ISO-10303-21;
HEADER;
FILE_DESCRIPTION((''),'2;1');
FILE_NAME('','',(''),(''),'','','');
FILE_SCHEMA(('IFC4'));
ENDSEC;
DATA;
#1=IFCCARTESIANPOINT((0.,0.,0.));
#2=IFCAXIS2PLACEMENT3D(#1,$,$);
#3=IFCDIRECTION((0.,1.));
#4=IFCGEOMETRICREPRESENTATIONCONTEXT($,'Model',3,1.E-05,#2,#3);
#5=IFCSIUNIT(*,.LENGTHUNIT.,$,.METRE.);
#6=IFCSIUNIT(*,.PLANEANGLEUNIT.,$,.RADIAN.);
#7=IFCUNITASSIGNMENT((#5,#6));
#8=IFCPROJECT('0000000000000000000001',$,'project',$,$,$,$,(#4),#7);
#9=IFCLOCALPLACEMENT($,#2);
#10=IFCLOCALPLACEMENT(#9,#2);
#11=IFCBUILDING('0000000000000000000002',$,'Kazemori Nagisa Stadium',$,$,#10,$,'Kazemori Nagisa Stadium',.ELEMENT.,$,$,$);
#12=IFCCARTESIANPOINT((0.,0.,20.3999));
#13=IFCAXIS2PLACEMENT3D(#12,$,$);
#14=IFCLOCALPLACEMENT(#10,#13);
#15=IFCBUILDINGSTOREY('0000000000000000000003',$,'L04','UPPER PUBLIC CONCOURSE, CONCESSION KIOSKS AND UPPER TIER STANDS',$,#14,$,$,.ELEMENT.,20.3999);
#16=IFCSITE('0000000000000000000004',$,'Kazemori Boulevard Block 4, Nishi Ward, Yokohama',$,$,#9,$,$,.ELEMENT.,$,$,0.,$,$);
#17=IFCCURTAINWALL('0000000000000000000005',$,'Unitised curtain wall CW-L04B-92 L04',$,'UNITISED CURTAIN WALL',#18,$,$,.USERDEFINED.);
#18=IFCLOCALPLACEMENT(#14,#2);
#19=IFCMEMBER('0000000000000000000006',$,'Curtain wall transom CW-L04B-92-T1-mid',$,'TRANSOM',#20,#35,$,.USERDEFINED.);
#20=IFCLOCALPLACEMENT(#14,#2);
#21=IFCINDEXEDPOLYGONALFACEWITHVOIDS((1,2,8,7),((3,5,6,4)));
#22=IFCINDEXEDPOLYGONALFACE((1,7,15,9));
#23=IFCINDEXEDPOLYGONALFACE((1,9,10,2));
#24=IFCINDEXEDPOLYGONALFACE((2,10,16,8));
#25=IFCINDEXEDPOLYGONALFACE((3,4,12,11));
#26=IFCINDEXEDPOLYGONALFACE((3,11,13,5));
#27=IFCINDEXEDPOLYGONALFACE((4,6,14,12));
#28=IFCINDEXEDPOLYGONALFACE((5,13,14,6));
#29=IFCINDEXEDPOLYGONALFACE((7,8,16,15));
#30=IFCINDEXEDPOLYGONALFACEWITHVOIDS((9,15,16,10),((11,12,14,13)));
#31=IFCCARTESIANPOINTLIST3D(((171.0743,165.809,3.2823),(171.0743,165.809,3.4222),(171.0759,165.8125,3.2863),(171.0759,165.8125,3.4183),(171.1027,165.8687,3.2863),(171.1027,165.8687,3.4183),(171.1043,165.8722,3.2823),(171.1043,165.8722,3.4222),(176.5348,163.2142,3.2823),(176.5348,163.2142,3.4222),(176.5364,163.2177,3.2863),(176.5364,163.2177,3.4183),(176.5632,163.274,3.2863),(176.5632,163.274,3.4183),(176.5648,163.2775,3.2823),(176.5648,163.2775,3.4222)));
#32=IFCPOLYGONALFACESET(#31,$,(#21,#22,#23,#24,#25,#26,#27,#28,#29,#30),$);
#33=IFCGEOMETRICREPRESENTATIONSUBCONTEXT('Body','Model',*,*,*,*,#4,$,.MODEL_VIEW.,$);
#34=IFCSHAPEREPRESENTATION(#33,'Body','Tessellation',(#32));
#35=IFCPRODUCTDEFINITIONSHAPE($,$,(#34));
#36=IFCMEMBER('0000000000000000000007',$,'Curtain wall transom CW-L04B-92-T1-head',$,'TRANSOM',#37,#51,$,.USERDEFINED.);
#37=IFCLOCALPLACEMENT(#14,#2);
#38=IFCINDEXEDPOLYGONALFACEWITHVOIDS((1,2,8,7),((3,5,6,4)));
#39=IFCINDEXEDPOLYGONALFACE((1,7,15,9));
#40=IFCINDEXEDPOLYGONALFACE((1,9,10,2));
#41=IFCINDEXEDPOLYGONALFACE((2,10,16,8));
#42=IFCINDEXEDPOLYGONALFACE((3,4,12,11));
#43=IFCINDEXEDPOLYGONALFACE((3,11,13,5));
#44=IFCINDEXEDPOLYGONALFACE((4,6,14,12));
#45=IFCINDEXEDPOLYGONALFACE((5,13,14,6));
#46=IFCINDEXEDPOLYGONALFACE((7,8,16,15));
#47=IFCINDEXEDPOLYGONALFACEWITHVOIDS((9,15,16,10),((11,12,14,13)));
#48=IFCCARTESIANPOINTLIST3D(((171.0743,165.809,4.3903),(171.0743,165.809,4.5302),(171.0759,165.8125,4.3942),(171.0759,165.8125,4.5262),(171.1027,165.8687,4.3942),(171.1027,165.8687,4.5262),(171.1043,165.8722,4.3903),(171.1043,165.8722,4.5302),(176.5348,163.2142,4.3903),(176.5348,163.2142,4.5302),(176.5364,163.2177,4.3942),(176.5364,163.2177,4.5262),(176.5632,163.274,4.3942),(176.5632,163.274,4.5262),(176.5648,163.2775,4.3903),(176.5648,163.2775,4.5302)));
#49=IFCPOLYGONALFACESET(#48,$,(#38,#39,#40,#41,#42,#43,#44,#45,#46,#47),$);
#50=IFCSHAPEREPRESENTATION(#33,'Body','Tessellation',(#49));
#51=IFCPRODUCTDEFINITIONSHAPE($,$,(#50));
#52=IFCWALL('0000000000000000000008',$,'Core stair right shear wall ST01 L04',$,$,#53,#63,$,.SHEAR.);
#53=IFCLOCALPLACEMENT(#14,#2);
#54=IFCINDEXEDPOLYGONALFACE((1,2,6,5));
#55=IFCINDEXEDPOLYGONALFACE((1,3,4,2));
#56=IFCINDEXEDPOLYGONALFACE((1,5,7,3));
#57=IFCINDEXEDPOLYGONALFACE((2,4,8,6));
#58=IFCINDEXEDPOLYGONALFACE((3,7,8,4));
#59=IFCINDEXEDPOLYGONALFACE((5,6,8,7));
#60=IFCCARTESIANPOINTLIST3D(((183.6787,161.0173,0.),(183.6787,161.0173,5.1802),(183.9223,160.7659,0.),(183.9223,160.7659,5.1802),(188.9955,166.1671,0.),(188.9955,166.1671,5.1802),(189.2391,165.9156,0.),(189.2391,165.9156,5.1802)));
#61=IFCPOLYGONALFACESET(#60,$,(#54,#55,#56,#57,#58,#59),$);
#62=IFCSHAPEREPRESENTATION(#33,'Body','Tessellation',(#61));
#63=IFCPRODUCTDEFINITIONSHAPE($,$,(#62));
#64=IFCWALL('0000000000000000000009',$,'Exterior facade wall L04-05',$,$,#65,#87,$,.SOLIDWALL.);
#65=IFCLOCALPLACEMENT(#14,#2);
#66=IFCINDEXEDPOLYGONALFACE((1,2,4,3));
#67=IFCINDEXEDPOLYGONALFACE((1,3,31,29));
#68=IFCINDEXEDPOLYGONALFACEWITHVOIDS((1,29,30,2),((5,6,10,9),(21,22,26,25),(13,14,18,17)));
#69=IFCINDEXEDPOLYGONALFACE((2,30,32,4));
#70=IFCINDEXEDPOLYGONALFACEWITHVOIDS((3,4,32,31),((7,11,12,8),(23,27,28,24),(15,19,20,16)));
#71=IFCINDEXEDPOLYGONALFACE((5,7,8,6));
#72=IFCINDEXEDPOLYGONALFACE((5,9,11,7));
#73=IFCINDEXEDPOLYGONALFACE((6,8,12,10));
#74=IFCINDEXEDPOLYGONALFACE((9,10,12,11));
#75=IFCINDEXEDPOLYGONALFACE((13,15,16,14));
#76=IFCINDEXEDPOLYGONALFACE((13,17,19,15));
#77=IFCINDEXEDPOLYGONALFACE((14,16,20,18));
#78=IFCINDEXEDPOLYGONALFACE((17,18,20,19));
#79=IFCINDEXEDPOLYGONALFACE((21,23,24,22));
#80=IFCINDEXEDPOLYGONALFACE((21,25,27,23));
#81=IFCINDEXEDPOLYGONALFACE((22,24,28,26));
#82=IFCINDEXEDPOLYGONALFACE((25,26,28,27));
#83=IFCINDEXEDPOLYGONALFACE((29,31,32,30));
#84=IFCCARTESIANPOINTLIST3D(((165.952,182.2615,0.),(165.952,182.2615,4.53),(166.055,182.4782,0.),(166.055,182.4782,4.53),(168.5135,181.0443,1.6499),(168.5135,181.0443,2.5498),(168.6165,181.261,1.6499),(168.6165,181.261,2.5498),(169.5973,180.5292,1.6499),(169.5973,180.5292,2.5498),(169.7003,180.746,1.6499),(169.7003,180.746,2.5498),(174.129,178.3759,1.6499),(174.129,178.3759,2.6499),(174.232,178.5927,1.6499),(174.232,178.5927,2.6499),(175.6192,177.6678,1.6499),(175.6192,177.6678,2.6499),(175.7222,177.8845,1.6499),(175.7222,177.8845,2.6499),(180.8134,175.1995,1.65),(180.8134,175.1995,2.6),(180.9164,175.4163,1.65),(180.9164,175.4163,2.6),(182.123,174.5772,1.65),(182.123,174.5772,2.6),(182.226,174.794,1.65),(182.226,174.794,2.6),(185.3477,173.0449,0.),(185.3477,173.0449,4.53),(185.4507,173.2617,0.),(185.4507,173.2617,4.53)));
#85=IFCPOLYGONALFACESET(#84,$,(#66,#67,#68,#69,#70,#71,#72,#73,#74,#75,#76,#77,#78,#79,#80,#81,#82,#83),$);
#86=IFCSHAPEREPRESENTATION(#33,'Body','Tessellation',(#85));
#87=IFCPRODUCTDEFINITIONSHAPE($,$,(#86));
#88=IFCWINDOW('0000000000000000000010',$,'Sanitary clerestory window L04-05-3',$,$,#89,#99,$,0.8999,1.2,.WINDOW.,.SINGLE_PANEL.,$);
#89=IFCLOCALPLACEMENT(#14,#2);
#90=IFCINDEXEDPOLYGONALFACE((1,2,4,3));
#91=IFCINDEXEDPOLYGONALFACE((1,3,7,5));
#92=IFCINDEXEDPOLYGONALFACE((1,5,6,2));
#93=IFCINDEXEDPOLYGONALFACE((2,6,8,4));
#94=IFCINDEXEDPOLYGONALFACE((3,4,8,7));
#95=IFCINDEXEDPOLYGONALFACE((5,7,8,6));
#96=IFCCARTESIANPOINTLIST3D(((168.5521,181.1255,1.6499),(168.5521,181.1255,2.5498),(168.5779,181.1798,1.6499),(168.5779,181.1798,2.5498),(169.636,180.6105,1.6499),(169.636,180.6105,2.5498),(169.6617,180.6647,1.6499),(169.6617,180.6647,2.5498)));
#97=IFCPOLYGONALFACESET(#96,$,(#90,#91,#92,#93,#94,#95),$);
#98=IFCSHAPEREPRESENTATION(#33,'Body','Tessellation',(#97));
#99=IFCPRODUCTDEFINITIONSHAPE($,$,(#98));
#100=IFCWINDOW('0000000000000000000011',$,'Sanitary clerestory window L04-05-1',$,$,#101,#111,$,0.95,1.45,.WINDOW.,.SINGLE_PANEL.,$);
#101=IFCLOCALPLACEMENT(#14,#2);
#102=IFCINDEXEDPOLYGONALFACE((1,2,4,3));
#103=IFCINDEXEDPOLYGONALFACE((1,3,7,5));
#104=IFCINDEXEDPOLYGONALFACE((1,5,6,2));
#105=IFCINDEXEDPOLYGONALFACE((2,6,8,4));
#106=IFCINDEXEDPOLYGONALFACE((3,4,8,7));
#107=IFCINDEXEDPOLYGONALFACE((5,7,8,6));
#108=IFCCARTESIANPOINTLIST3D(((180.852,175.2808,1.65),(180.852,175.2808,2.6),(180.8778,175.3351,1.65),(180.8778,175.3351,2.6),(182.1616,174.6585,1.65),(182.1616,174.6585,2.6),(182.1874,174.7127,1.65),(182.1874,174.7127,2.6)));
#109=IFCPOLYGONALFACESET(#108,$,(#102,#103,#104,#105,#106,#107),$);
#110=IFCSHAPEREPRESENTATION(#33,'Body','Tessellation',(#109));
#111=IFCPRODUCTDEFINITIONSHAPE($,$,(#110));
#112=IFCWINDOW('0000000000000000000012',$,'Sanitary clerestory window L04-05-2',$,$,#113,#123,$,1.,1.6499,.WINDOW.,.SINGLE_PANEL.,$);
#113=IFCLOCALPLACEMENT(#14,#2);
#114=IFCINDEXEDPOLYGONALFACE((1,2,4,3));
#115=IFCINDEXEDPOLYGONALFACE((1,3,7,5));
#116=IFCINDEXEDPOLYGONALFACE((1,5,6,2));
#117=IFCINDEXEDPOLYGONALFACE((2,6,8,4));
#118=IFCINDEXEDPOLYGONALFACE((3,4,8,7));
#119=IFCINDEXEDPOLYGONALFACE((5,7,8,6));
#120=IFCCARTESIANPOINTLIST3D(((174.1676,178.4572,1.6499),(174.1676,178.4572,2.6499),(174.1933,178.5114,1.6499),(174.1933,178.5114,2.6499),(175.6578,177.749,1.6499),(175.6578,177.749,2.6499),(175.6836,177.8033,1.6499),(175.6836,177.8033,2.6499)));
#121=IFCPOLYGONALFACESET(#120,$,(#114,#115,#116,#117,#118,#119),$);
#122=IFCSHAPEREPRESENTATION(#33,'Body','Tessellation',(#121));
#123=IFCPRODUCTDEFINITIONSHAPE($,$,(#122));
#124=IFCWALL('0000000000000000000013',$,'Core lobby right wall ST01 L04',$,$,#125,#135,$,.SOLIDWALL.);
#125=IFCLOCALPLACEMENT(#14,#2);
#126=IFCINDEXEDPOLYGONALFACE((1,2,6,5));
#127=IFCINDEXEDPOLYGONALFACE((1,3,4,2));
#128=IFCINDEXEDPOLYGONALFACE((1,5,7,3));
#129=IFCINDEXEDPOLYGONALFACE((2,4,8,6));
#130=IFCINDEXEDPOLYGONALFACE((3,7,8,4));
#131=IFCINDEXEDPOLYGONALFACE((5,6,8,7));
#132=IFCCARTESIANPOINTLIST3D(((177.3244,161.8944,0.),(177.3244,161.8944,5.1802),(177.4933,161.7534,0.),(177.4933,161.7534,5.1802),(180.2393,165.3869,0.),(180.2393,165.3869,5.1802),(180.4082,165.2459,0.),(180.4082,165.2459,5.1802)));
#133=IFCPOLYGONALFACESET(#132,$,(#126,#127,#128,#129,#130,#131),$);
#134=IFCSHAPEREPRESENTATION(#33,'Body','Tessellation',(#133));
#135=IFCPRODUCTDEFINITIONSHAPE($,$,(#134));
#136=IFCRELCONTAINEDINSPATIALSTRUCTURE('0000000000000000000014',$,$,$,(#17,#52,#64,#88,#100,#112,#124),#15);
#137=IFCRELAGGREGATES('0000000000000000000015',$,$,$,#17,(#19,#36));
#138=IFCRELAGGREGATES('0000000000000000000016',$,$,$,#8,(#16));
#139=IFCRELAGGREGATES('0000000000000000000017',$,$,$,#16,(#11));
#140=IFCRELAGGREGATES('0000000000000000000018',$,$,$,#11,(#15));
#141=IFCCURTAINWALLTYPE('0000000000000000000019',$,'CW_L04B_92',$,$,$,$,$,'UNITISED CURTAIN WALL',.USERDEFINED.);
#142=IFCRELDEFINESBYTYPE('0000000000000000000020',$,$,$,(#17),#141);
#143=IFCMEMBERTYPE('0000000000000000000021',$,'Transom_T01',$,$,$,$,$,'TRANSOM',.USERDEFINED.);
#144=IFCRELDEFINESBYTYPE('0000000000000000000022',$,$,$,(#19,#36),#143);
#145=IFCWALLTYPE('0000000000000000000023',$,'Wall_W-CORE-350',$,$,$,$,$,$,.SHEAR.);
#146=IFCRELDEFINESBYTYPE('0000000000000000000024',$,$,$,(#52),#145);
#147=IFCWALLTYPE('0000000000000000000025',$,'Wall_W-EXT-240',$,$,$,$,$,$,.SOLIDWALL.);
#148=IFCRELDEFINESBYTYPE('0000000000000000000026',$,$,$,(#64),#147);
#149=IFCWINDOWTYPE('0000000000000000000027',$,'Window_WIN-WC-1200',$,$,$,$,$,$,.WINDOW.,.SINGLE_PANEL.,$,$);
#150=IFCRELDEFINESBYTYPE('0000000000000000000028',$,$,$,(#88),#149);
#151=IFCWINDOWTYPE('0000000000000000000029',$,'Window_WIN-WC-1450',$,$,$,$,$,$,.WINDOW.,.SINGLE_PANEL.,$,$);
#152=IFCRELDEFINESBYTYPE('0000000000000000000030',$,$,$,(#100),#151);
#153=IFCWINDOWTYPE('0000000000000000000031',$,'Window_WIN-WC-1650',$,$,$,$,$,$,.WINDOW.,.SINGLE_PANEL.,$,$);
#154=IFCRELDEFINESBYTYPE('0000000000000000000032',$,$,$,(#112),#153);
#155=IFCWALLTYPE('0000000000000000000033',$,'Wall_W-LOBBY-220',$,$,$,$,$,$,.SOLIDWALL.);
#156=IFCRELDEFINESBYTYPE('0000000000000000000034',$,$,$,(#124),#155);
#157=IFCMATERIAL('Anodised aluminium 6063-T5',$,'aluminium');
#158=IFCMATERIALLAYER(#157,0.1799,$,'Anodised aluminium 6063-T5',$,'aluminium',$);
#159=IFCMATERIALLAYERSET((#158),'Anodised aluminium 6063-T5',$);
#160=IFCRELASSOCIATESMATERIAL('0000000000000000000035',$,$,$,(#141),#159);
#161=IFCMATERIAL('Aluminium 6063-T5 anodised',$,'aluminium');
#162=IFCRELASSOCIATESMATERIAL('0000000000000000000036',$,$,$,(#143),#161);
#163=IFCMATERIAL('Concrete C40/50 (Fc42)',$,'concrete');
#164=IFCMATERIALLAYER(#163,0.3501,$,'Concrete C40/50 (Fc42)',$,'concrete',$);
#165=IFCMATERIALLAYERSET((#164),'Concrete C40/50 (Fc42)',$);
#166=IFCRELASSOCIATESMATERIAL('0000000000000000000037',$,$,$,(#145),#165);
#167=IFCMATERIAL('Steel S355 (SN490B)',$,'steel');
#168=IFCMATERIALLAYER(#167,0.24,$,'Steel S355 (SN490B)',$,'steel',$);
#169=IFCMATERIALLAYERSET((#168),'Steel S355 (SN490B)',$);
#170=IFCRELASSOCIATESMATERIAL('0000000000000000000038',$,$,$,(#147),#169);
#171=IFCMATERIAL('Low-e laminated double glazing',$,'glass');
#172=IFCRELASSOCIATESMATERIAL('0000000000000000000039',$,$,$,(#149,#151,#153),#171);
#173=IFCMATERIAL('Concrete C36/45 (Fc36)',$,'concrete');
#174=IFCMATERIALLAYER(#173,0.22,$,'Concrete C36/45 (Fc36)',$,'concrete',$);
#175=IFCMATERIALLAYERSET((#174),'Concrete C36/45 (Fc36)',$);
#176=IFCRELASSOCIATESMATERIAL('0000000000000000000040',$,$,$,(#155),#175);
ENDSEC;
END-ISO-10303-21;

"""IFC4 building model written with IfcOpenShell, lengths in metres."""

from ifc_helpers import new_model, si_unit, direction, frame, frame_2d, origin, origin_2d, place, context, subcontext, project, spatial, rectangle, hollow_rectangle, extrude, material, layer, layer_set, material_profile, profile_set, type_object, element, fill, aggregate, save


model = new_model("IFC4")

# Units and contexts
model_context = context("Model", 3, precision=1e-05, world=origin(), true_north=direction((0.0, 1.0)))
body_context = subcontext(model_context, "Body", "Model", "MODEL_VIEW")
ifc_project = project(units=[si_unit("LENGTHUNIT", "METRE"), si_unit("PLANEANGLEUNIT", "RADIAN")], contexts=[model_context])

# Site, building, storey
site_placement = place(None, origin())
site = spatial("IfcSite", under=ifc_project, at=site_placement, Name="Kazemori Boulevard Block 4, Nishi Ward, Yokohama", CompositionType="ELEMENT", RefElevation=0.0)
building_placement = place(site_placement, origin())
building = spatial("IfcBuilding", under=site, at=building_placement, Name="Kazemori Nagisa Stadium", LongName="Kazemori Nagisa Stadium", CompositionType="ELEMENT")
storey_placement = place(building_placement, frame((0.0, 0.0, 20.3999)))
storey = spatial("IfcBuildingStorey", under=building, at=storey_placement, Name="L04", Description="UPPER PUBLIC CONCOURSE, CONCESSION KIOSKS AND UPPER TIER STANDS", CompositionType="ELEMENT", Elevation=20.3999)

# Shared definitions
ifc_material_1 = material(Name="Concrete C40/50 (Fc42)", Category="concrete")

# Curtain wall, members
ifc_material_2 = material(Name="Anodised aluminium 6063-T5", Category="aluminium")
ifc_layer_1 = layer(ifc_material_2, 0.1799, Name="Anodised aluminium 6063-T5", Category="aluminium")
ifc_layer_set_1 = layer_set([ifc_layer_1], Name="Anodised aluminium 6063-T5")
curtain_wall_type = type_object("IfcCurtainWallType", Name="CW_L04B_92", ElementType="UNITISED CURTAIN WALL", PredefinedType="USERDEFINED", material=ifc_layer_set_1)
curtain_wall_placement = place(storey_placement, origin())
curtain_wall = element("IfcCurtainWall", 1, at=curtain_wall_placement, inside=storey, type_object=curtain_wall_type, Name="Unitised curtain wall CW-L04B-92 L04", ObjectType="UNITISED CURTAIN WALL", PredefinedType="USERDEFINED")
ifc_material_3 = material(Name="Aluminium 6063-T5 anodised", Category="aluminium")
ifc_material_profile_1 = material_profile(ifc_material_3, hollow_rectangle(XDim=0.0701, YDim=0.1399, WallThickness=0.0039, at=origin_2d()), Name="ALU-TRAN-70x140x4")
ifc_profile_set_1 = profile_set([ifc_material_profile_1], Name="Aluminium 6063-T5 anodised")
member_type_1 = type_object("IfcMemberType", Name="Transom_T01", ElementType="TRANSOM", PredefinedType="USERDEFINED", material=ifc_profile_set_1)
member_1_placement = place(storey_placement, frame((176.5498, 163.2458, 3.3523), z_axis=(-0.903213, 0.429194, 0.0), x_axis=(-0.429194, -0.903213, 0.0)))
member_1 = element("IfcMember", 2, at=member_1_placement, type_object=member_type_1, Name="Curtain wall transom CW-L04B-92-T1-mid", ObjectType="TRANSOM", PredefinedType="USERDEFINED", context=body_context, shape_type="SweptSolid", body=[
    extrude(hollow_rectangle(XDim=0.0701, YDim=0.1399, WallThickness=0.0039, at=origin_2d()), origin(), (0.0, 0.0, 1.0), 6.0457),
])
member_2_placement = place(storey_placement, frame((176.5498, 163.2458, 4.4602), z_axis=(-0.903213, 0.429194, 0.0), x_axis=(-0.429194, -0.903213, 0.0)))
member_2 = element("IfcMember", 3, at=member_2_placement, type_object=member_type_1, Name="Curtain wall transom CW-L04B-92-T1-head", ObjectType="TRANSOM", PredefinedType="USERDEFINED", context=body_context, shape_type="SweptSolid", body=[
    extrude(hollow_rectangle(XDim=0.0701, YDim=0.1399, WallThickness=0.0039, at=origin_2d()), origin(), (0.0, 0.0, 1.0), 6.0457),
])
aggregate(curtain_wall, [member_1, member_2])

# Wall
ifc_layer_2 = layer(ifc_material_1, 0.3501, Name="Concrete C40/50 (Fc42)", Category="concrete")
ifc_layer_set_2 = layer_set([ifc_layer_2], Name="Concrete C40/50 (Fc42)")
wall_type_1 = type_object("IfcWallType", Name="Wall_W-CORE-350", PredefinedType="SHEAR", material=ifc_layer_set_2)
wall_1_placement = place(storey_placement, frame((183.8005, 160.8916, 0.0), z_axis=(0.0, 0.0, 1.0), x_axis=(0.718297, 0.695736, 0.0)))
element("IfcWall", 4, at=wall_1_placement, inside=storey, type_object=wall_type_1, Name="Core stair right shear wall ST01 L04", PredefinedType="SHEAR", context=body_context, shape_type="SweptSolid", body=[
    extrude(rectangle(XDim=7.4019, YDim=0.3501, at=frame_2d((3.7009, 0.0))), origin(), (0.0, 0.0, 1.0), 5.1802),
])

# Wall, openings, windows
ifc_material_4 = material(Name="Steel S355 (SN490B)", Category="steel")
ifc_layer_3 = layer(ifc_material_4, 0.24, Name="Steel S355 (SN490B)", Category="steel")
ifc_layer_set_3 = layer_set([ifc_layer_3], Name="Steel S355 (SN490B)")
wall_type_2 = type_object("IfcWallType", Name="Wall_W-EXT-240", PredefinedType="SOLIDWALL", material=ifc_layer_set_3)
wall_2_placement = place(storey_placement, frame((185.3992, 173.1533, 0.0), z_axis=(0.0, 0.0, 1.0), x_axis=(-0.903213, 0.429192, 0.0)))
wall_2 = element("IfcWall", 5, at=wall_2_placement, inside=storey, type_object=wall_type_2, Name="Exterior facade wall L04-05", PredefinedType="SOLIDWALL", context=body_context, shape_type="SweptSolid", body=[
    extrude(rectangle(XDim=21.4741, YDim=0.24, at=frame_2d((10.7371, 0.0))), origin(), (0.0, 0.0, 1.0), 4.53),
])
opening_1_placement = place(wall_2_placement, frame((3.5701, 0.0, 1.6499)))
opening_1 = element("IfcOpeningElement", 6, at=opening_1_placement, cuts=wall_2, PredefinedType="OPENING", context=body_context, shape_type="SweptSolid", body=[
    extrude(rectangle(XDim=1.45, YDim=0.95, at=frame_2d((0.7251, 0.4751))), frame((0.0, 0.1299, 0.0), z_axis=(0.0, -1.0, 0.0), x_axis=(1.0, 0.0, 0.0)), (0.0, 0.0, 1.0), 0.26),
])
opening_2_placement = place(wall_2_placement, frame((10.771, 0.0, 1.6499)))
opening_2 = element("IfcOpeningElement", 7, at=opening_2_placement, cuts=wall_2, PredefinedType="OPENING", context=body_context, shape_type="SweptSolid", body=[
    extrude(rectangle(XDim=1.6499, YDim=1.0, at=frame_2d((0.825, 0.5))), frame((0.0, 0.1299, 0.0), z_axis=(0.0, -1.0, 0.0), x_axis=(1.0, 0.0, 0.0)), (0.0, 0.0, 1.0), 0.26),
])
opening_3_placement = place(wall_2_placement, frame((17.438, 0.0, 1.6499)))
opening_3 = element("IfcOpeningElement", 8, at=opening_3_placement, cuts=wall_2, PredefinedType="OPENING", context=body_context, shape_type="SweptSolid", body=[
    extrude(rectangle(XDim=1.2, YDim=0.8999, at=frame_2d((0.6001, 0.45))), frame((0.0, 0.1299, 0.0), z_axis=(0.0, -1.0, 0.0), x_axis=(1.0, 0.0, 0.0)), (0.0, 0.0, 1.0), 0.26),
])
ifc_material_5 = material(Name="Low-e laminated double glazing", Category="glass")
window_type_1 = type_object("IfcWindowType", Name="Window_WIN-WC-1200", PartitioningType="SINGLE_PANEL", PredefinedType="WINDOW", material=ifc_material_5)
window_1_placement = place(opening_3_placement, origin())
window_1 = element("IfcWindow", 9, at=window_1_placement, inside=storey, type_object=window_type_1, Name="Sanitary clerestory window L04-05-3", OverallHeight=0.8999, OverallWidth=1.2, PartitioningType="SINGLE_PANEL", PredefinedType="WINDOW", context=body_context, shape_type="SweptSolid", body=[
    extrude(rectangle(XDim=1.2, YDim=0.8999, at=frame_2d((0.6001, 0.45))), frame((0.0, 0.03, 0.0), z_axis=(0.0, -1.0, 0.0), x_axis=(1.0, 0.0, 0.0)), (0.0, 0.0, 1.0), 0.0601),
])
fill(opening_3, window_1)
window_type_2 = type_object("IfcWindowType", Name="Window_WIN-WC-1450", PartitioningType="SINGLE_PANEL", PredefinedType="WINDOW", material=ifc_material_5)
window_2_placement = place(opening_1_placement, origin())
window_2 = element("IfcWindow", 10, at=window_2_placement, inside=storey, type_object=window_type_2, Name="Sanitary clerestory window L04-05-1", OverallHeight=0.95, OverallWidth=1.45, PartitioningType="SINGLE_PANEL", PredefinedType="WINDOW", context=body_context, shape_type="SweptSolid", body=[
    extrude(rectangle(XDim=1.45, YDim=0.95, at=frame_2d((0.7251, 0.4751))), frame((0.0, 0.03, 0.0), z_axis=(0.0, -1.0, 0.0), x_axis=(1.0, 0.0, 0.0)), (0.0, 0.0, 1.0), 0.0601),
])
fill(opening_1, window_2)
window_type_3 = type_object("IfcWindowType", Name="Window_WIN-WC-1650", PartitioningType="SINGLE_PANEL", PredefinedType="WINDOW", material=ifc_material_5)
window_3_placement = place(opening_2_placement, origin())
window_3 = element("IfcWindow", 11, at=window_3_placement, inside=storey, type_object=window_type_3, Name="Sanitary clerestory window L04-05-2", OverallHeight=1.0, OverallWidth=1.6499, PartitioningType="SINGLE_PANEL", PredefinedType="WINDOW", context=body_context, shape_type="SweptSolid", body=[
    extrude(rectangle(XDim=1.6499, YDim=1.0, at=frame_2d((0.825, 0.5))), frame((0.0, 0.03, 0.0), z_axis=(0.0, -1.0, 0.0), x_axis=(1.0, 0.0, 0.0)), (0.0, 0.0, 1.0), 0.0601),
])
fill(opening_2, window_3)

# Wall
ifc_material_6 = material(Name="Concrete C36/45 (Fc36)", Category="concrete")
ifc_layer_4 = layer(ifc_material_6, 0.22, Name="Concrete C36/45 (Fc36)", Category="concrete")
ifc_layer_set_4 = layer_set([ifc_layer_4], Name="Concrete C36/45 (Fc36)")
wall_type_3 = type_object("IfcWallType", Name="Wall_W-LOBBY-220", PredefinedType="SOLIDWALL", material=ifc_layer_set_4)
wall_3_placement = place(storey_placement, frame((177.4089, 161.824, 0.0), z_axis=(0.0, 0.0, 1.0), x_axis=(0.64076, 0.767742, 0.0)))
element("IfcWall", 12, at=wall_3_placement, inside=storey, type_object=wall_type_3, Name="Core lobby right wall ST01 L04", PredefinedType="SOLIDWALL", context=body_context, shape_type="SweptSolid", body=[
    extrude(rectangle(XDim=4.5491, YDim=0.22, at=frame_2d((2.2744, 0.0))), origin(), (0.0, 0.0, 1.0), 5.1802),
])

save(model, "model.ifc")
